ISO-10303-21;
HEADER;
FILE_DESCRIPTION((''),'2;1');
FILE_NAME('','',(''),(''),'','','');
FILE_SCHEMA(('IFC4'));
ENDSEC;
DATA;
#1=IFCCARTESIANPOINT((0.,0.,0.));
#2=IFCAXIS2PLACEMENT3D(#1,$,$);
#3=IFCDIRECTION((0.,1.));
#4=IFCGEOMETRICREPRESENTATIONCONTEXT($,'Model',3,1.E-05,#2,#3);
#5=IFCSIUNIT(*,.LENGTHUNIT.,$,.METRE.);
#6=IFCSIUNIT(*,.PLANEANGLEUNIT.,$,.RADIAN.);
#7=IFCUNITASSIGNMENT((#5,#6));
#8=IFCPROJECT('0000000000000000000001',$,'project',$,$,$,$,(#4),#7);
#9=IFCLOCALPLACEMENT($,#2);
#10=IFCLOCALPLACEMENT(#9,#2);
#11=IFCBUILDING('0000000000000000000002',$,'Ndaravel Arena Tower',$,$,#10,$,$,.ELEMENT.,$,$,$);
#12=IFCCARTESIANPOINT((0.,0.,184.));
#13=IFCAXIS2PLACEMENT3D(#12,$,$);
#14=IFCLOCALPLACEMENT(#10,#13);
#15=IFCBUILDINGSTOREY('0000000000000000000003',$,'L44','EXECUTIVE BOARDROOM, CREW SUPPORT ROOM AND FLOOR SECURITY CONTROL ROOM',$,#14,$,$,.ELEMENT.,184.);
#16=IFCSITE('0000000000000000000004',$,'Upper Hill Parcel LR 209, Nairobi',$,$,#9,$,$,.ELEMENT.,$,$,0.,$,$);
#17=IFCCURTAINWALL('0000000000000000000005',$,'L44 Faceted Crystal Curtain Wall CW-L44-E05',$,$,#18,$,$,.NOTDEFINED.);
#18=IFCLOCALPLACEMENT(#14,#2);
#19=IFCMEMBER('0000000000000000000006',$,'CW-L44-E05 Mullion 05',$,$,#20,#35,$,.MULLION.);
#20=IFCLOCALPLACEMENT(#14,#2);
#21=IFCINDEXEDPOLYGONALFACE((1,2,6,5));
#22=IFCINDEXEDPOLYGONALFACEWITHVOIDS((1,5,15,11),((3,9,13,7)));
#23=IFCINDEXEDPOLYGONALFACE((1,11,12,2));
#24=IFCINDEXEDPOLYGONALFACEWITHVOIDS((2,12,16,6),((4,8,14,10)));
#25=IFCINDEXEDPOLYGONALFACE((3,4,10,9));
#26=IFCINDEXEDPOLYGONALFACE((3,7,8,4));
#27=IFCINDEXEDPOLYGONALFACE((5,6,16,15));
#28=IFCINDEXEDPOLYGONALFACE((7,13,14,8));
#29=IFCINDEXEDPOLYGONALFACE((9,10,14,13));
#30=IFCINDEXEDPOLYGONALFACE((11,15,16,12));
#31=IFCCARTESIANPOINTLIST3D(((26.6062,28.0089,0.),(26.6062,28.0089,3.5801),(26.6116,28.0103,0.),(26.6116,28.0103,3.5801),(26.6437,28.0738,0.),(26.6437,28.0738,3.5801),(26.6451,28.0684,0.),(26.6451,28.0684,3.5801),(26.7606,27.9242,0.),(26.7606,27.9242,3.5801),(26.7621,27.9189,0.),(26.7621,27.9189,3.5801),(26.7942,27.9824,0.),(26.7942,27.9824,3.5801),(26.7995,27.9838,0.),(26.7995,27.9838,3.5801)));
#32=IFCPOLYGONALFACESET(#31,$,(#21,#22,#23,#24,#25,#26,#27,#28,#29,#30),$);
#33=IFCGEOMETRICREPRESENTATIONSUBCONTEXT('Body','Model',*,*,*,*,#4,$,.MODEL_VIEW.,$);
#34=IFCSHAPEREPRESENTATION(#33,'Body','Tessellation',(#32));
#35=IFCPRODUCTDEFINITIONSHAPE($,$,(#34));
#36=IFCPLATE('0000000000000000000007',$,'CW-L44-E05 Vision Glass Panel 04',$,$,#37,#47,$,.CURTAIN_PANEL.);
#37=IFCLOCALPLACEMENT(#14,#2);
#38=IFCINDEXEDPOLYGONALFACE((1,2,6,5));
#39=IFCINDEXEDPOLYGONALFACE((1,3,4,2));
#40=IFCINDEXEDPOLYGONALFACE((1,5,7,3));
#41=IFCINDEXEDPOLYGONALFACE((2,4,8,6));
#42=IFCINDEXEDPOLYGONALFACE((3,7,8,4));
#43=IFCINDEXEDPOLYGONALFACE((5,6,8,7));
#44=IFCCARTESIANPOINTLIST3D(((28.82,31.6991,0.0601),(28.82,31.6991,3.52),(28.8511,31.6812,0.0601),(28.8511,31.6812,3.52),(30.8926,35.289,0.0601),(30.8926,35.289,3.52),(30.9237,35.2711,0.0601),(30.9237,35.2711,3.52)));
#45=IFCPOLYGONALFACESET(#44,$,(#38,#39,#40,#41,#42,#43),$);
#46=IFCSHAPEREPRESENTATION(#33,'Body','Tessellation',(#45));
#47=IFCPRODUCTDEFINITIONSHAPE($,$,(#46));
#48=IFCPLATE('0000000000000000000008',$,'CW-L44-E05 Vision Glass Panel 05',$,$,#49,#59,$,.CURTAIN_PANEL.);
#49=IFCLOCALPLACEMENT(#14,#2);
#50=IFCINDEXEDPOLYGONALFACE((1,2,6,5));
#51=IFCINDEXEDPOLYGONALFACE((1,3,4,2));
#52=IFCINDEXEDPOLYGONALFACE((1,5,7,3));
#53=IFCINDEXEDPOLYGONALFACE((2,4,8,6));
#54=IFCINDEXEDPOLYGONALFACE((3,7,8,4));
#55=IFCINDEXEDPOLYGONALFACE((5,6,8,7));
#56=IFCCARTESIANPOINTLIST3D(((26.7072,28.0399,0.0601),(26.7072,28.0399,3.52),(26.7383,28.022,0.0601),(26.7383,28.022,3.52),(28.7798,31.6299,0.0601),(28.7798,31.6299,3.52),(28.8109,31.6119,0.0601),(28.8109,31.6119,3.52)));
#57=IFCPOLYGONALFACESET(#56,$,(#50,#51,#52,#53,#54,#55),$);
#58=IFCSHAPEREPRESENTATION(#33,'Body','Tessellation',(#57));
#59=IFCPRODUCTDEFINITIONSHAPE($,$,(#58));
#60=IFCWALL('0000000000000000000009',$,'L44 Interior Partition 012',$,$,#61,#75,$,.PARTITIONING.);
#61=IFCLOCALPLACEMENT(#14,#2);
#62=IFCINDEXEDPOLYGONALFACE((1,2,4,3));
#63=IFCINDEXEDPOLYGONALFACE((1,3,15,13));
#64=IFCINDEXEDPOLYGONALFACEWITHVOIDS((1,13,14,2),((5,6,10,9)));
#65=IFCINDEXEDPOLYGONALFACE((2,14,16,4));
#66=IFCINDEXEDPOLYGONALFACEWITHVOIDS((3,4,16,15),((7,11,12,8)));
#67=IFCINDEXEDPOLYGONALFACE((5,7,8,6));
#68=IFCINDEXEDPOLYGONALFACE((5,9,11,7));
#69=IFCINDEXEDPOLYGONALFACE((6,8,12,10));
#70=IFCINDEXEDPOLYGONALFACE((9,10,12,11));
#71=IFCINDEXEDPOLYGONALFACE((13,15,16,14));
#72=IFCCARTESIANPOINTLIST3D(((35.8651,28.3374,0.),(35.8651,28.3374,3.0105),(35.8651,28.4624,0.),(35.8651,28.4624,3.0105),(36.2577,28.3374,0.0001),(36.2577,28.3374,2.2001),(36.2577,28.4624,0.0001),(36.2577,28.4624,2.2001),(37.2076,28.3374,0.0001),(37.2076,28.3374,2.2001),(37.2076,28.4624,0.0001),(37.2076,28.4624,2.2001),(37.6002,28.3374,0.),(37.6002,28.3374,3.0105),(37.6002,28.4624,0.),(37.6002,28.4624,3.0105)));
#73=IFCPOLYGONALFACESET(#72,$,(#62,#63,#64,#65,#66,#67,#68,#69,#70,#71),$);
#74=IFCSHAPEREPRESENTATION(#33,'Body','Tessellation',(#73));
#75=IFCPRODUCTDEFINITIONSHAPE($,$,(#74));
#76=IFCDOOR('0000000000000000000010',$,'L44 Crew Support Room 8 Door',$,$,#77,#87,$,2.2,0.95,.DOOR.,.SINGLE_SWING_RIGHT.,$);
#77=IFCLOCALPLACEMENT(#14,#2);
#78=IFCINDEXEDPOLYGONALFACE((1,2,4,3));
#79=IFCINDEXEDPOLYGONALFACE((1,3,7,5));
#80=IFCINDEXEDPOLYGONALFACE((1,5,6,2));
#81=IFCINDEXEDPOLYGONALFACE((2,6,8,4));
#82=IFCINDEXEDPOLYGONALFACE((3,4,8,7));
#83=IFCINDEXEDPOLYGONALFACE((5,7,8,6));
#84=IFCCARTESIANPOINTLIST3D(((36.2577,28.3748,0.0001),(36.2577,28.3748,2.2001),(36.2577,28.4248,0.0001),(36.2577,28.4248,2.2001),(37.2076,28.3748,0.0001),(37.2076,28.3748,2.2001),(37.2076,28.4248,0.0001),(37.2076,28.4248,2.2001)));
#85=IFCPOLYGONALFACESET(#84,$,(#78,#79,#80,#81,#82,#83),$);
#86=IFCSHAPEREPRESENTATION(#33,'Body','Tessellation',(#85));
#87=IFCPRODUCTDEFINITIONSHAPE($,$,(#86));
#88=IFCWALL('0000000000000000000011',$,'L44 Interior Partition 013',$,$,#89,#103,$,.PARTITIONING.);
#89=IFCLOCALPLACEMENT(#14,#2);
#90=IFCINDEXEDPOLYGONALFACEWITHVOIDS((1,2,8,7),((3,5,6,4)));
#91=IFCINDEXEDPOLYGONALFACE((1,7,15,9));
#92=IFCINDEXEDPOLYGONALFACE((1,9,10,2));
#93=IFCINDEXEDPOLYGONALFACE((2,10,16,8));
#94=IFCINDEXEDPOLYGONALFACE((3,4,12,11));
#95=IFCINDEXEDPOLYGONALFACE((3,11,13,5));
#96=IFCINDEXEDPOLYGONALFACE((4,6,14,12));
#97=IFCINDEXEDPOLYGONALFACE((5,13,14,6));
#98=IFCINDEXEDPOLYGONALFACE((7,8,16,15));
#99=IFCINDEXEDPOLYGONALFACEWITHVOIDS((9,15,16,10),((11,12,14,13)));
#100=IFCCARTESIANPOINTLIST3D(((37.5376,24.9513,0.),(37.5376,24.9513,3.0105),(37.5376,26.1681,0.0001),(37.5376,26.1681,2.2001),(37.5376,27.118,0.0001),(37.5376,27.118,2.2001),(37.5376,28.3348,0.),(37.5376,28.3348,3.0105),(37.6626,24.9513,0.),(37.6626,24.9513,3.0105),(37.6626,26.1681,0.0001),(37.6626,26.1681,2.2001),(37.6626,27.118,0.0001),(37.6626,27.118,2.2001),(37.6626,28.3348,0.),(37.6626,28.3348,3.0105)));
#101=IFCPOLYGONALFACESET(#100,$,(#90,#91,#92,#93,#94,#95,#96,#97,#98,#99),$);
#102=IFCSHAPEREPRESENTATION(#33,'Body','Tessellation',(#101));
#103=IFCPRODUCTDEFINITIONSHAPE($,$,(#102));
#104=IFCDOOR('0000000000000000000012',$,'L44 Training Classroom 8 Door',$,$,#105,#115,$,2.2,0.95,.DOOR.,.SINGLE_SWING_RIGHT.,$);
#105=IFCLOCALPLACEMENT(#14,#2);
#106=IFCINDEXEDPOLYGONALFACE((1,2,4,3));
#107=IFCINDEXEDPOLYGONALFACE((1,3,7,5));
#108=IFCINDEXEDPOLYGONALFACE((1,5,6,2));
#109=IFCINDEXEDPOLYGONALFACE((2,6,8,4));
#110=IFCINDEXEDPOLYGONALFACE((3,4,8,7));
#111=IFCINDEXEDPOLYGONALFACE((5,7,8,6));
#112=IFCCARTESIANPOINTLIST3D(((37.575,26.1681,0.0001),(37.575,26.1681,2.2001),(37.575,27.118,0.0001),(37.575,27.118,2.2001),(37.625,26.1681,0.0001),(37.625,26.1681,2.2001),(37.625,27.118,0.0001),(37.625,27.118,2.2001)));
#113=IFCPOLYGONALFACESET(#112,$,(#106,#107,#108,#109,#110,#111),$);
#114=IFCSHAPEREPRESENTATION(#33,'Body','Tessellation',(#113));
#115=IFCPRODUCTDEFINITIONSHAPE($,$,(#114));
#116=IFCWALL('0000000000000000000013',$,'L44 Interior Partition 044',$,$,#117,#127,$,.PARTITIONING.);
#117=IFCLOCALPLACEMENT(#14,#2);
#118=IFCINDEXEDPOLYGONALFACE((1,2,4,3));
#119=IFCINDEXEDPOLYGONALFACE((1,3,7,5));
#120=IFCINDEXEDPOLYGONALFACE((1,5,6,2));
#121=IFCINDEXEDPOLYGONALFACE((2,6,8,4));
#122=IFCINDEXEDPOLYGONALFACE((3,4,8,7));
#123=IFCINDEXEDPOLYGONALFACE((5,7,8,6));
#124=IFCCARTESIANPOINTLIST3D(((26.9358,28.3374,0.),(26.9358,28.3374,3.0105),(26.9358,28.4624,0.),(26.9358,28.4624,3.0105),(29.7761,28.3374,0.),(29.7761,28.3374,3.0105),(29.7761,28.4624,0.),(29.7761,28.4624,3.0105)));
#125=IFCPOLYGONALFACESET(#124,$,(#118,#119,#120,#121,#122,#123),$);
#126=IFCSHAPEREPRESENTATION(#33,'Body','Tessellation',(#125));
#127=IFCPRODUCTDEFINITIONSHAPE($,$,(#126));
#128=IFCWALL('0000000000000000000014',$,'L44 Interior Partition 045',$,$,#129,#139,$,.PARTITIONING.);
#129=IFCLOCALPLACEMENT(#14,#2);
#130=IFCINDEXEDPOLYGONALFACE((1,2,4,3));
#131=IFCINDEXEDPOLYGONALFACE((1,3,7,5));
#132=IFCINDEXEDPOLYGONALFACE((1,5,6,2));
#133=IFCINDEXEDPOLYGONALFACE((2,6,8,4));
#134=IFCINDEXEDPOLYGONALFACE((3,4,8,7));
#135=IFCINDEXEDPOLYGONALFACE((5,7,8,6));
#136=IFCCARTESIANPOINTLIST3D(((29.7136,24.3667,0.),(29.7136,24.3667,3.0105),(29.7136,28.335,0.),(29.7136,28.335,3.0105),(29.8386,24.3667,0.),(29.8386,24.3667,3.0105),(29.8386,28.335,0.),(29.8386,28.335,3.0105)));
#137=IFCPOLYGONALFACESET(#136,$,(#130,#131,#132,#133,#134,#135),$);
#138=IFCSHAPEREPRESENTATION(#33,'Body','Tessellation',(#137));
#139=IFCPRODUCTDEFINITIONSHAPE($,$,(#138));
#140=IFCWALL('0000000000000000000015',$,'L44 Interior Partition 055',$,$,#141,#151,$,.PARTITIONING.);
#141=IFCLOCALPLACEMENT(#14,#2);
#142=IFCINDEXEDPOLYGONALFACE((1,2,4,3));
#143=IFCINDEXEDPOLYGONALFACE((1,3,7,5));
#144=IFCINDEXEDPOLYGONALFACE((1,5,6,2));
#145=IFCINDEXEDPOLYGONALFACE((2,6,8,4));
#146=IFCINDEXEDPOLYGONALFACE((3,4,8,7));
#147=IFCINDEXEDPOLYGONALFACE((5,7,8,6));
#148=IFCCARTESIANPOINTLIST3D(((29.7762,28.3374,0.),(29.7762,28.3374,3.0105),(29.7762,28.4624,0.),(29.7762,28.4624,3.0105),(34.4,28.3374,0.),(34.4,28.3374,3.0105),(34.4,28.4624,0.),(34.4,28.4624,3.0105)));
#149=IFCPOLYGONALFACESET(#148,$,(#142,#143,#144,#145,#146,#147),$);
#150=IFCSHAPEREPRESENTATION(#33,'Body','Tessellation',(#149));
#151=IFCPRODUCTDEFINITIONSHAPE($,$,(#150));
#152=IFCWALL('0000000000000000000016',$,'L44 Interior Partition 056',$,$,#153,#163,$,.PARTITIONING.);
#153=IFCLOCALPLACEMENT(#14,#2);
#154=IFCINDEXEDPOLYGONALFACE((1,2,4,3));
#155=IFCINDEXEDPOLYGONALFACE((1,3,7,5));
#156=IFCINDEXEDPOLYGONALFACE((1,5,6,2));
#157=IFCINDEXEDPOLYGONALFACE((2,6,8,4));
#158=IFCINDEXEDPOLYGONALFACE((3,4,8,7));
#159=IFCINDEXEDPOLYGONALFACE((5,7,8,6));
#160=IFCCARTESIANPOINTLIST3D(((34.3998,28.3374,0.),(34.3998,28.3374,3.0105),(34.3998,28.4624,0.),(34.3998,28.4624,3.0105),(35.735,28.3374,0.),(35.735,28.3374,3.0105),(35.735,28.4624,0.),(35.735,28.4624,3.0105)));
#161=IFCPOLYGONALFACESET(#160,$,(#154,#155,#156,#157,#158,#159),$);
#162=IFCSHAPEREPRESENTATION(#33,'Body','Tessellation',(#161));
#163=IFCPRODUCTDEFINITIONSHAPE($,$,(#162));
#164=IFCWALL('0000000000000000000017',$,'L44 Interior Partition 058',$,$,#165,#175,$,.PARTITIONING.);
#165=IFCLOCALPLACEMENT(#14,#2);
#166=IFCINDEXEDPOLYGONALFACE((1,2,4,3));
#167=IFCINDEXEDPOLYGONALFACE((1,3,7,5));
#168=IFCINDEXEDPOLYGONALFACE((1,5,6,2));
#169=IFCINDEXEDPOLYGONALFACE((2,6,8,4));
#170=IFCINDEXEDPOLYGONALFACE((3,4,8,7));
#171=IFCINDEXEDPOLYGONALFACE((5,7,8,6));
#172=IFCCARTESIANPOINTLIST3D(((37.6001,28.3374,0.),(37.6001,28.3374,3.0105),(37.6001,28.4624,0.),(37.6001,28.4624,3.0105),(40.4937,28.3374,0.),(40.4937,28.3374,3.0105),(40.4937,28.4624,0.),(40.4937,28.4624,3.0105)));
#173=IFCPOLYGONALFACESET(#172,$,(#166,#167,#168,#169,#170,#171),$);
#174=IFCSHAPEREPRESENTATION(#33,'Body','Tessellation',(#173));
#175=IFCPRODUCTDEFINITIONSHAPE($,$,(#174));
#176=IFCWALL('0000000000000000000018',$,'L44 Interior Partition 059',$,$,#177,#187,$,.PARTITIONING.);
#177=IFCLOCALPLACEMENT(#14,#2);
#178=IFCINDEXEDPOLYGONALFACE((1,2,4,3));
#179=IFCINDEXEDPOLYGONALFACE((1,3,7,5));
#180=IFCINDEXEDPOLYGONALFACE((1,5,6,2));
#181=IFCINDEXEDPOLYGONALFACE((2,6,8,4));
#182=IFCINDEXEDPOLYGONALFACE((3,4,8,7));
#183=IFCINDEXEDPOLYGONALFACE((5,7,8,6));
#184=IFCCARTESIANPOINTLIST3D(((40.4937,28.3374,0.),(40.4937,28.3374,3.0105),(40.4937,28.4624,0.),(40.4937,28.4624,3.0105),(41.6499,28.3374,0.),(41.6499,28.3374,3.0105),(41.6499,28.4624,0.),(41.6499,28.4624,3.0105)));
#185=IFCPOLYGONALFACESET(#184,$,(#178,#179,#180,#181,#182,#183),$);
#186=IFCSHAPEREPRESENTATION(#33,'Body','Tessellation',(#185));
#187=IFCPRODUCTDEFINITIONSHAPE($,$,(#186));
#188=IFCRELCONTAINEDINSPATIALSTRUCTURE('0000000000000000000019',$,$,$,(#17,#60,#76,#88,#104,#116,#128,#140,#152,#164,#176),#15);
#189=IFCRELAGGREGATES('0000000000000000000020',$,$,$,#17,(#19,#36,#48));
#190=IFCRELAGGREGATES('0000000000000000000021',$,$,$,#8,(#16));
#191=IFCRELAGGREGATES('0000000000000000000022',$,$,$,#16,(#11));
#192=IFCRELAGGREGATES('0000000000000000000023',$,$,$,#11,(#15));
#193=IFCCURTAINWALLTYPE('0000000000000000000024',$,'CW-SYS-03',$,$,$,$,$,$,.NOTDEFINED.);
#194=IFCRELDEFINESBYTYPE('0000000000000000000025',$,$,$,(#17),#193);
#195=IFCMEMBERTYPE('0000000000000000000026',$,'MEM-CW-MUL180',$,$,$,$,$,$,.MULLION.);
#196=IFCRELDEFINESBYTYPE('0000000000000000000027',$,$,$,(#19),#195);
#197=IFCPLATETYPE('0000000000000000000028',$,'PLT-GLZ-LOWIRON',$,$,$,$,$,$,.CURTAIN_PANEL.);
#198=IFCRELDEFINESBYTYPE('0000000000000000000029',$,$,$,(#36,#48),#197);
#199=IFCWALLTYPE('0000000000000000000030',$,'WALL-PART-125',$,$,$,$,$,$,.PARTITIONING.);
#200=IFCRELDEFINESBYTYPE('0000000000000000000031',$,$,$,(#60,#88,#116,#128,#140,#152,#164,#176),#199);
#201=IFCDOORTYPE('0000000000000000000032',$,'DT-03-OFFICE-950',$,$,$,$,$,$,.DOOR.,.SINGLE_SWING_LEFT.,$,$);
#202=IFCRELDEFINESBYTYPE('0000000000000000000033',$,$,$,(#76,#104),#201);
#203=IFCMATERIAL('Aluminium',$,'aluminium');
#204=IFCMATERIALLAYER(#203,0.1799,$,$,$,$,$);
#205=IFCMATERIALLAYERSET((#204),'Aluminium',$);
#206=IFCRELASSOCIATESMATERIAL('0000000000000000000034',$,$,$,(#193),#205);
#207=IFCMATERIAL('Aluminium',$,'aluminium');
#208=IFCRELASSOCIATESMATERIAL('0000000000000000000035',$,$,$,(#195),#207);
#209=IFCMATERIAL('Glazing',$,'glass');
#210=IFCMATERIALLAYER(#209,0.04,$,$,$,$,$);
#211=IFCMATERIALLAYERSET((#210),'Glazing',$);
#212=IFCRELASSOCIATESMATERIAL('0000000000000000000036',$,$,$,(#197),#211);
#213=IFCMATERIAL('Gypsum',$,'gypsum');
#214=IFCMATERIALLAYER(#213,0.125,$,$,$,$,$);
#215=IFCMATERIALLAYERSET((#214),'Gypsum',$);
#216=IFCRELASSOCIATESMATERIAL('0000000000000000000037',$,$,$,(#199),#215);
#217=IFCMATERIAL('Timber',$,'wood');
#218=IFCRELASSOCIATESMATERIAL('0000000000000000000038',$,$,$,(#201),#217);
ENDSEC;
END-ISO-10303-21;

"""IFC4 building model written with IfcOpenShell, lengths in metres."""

from ifc_helpers import new_model, si_unit, direction, frame, frame_2d, origin, origin_2d, place, context, subcontext, project, spatial, rectangle, hollow_rectangle, extrude, material, layer, layer_set, material_profile, profile_set, type_object, element, fill, aggregate, save


model = new_model("IFC4")

# Units and contexts
model_context = context("Model", 3, precision=1e-05, world=origin(), true_north=direction((0.0, 1.0)))
body_context = subcontext(model_context, "Body", "Model", "MODEL_VIEW")
ifc_project = project(units=[si_unit("LENGTHUNIT", "METRE"), si_unit("PLANEANGLEUNIT", "RADIAN")], contexts=[model_context])

# Site, building, storey
site_placement = place(None, origin())
site = spatial("IfcSite", under=ifc_project, at=site_placement, Name="Upper Hill Parcel LR 209, Nairobi", CompositionType="ELEMENT", RefElevation=0.0)
building_placement = place(site_placement, origin())
building = spatial("IfcBuilding", under=site, at=building_placement, Name="Ndaravel Arena Tower", CompositionType="ELEMENT")
storey_placement = place(building_placement, frame((0.0, 0.0, 184.0)))
storey = spatial("IfcBuildingStorey", under=building, at=storey_placement, Name="L44", Description="EXECUTIVE BOARDROOM, CREW SUPPORT ROOM AND FLOOR SECURITY CONTROL ROOM", CompositionType="ELEMENT", Elevation=184.0)

# Curtain wall, member, plates
ifc_material_1 = material(Name="Aluminium", Category="aluminium")
ifc_layer_1 = layer(ifc_material_1, 0.1799)
ifc_layer_set_1 = layer_set([ifc_layer_1], Name="Aluminium")
curtain_wall_type = type_object("IfcCurtainWallType", Name="CW-SYS-03", PredefinedType="NOTDEFINED", material=ifc_layer_set_1)
curtain_wall_placement = place(storey_placement, origin())
curtain_wall = element("IfcCurtainWall", 1, at=curtain_wall_placement, inside=storey, type_object=curtain_wall_type, Name="L44 Faceted Crystal Curtain Wall CW-L44-E05", PredefinedType="NOTDEFINED")
ifc_material_2 = material(Name="Aluminium", Category="aluminium")
ifc_material_profile_1 = material_profile(ifc_material_2, hollow_rectangle(XDim=0.075, YDim=0.1799, WallThickness=0.0039, at=origin_2d()), Name="CW MULLION 75x180x4")
ifc_profile_set_1 = profile_set([ifc_material_profile_1], Name="Aluminium")
member_type = type_object("IfcMemberType", Name="MEM-CW-MUL180", PredefinedType="MULLION", material=ifc_profile_set_1)
member_1_placement = place(storey_placement, frame((26.7029, 27.9963, 0.0), z_axis=(0.0, 0.0, 1.0), x_axis=(-0.5, -0.866025, 0.0)))
member_1 = element("IfcMember", 2, at=member_1_placement, type_object=member_type, Name="CW-L44-E05 Mullion 05", PredefinedType="MULLION", context=body_context, shape_type="SweptSolid", body=[
    extrude(hollow_rectangle(XDim=0.075, YDim=0.1799, WallThickness=0.0039, at=origin_2d()), origin(), (0.0, 0.0, 1.0), 3.5801),
])
ifc_material_3 = material(Name="Glazing", Category="glass")
ifc_layer_2 = layer(ifc_material_3, 0.04)
ifc_layer_set_2 = layer_set([ifc_layer_2], Name="Glazing")
plate_type = type_object("IfcPlateType", Name="PLT-GLZ-LOWIRON", PredefinedType="CURTAIN_PANEL", material=ifc_layer_set_2)
plate_1_placement = place(storey_placement, frame((29.8718, 33.4851, 0.0601), z_axis=(0.0, 0.0, 1.0), x_axis=(-0.5, -0.866025, 0.0)))
plate_1 = element("IfcPlate", 3, at=plate_1_placement, type_object=plate_type, Name="CW-L44-E05 Vision Glass Panel 04", PredefinedType="CURTAIN_PANEL", context=body_context, shape_type="SweptSolid", body=[
    extrude(rectangle(XDim=4.1453, YDim=0.0359, at=origin_2d()), origin(), (0.0, 0.0, 1.0), 3.46),
])
plate_2_placement = place(storey_placement, frame((27.759, 29.8259, 0.0601), z_axis=(0.0, 0.0, 1.0), x_axis=(-0.5, -0.866025, 0.0)))
plate_2 = element("IfcPlate", 4, at=plate_2_placement, type_object=plate_type, Name="CW-L44-E05 Vision Glass Panel 05", PredefinedType="CURTAIN_PANEL", context=body_context, shape_type="SweptSolid", body=[
    extrude(rectangle(XDim=4.1453, YDim=0.0359, at=origin_2d()), origin(), (0.0, 0.0, 1.0), 3.46),
])
aggregate(curtain_wall, [member_1, plate_1, plate_2])

# Walls, openings, doors
ifc_material_4 = material(Name="Gypsum", Category="gypsum")
ifc_layer_3 = layer(ifc_material_4, 0.125)
ifc_layer_set_3 = layer_set([ifc_layer_3], Name="Gypsum")
wall_type = type_object("IfcWallType", Name="WALL-PART-125", PredefinedType="PARTITIONING", material=ifc_layer_set_3)
wall_1_placement = place(storey_placement, frame((35.865, 28.3999, 0.0), z_axis=(0.0, 0.0, 1.0), x_axis=(1.0, 0.0, 0.0)))
wall_1 = element("IfcWall", 5, at=wall_1_placement, inside=storey, type_object=wall_type, Name="L44 Interior Partition 012", PredefinedType="PARTITIONING", context=body_context, shape_type="SweptSolid", body=[
    extrude(rectangle(XDim=1.7351, YDim=0.125, at=frame_2d((0.8677, 0.0))), origin(), (0.0, 0.0, 1.0), 3.0105),
])
opening_1_placement = place(wall_1_placement, frame((0.3926, 0.0, 0.0)))
opening_1 = element("IfcOpeningElement", 6, at=opening_1_placement, cuts=wall_1, PredefinedType="OPENING", context=body_context, shape_type="SweptSolid", body=[
    extrude(rectangle(XDim=0.95, YDim=2.2, at=frame_2d((0.4751, 1.1001))), frame((0.0, 0.0625, 0.0), z_axis=(0.0, -1.0, 0.0), x_axis=(1.0, 0.0, 0.0)), (0.0, 0.0, 1.0), 0.125),
])
ifc_material_5 = material(Name="Timber", Category="wood")
door_type = type_object("IfcDoorType", Name="DT-03-OFFICE-950", OperationType="SINGLE_SWING_LEFT", PredefinedType="DOOR", material=ifc_material_5)
door_1_placement = place(opening_1_placement, origin())
door_1 = element("IfcDoor", 7, at=door_1_placement, inside=storey, type_object=door_type, Name="L44 Crew Support Room 8 Door", OperationType="SINGLE_SWING_RIGHT", OverallHeight=2.2, OverallWidth=0.95, PredefinedType="DOOR", context=body_context, shape_type="SweptSolid", body=[
    extrude(rectangle(XDim=0.95, YDim=2.2, at=frame_2d((0.4751, 1.1001))), frame((0.0, 0.0249, 0.0), z_axis=(0.0, -1.0, 0.0), x_axis=(1.0, 0.0, 0.0)), (0.0, 0.0, 1.0), 0.05),
])
fill(opening_1, door_1)
wall_2_placement = place(storey_placement, frame((37.6001, 28.335, 0.0), z_axis=(0.0, 0.0, 1.0), x_axis=(0.0, -1.0, 0.0)))
wall_2 = element("IfcWall", 8, at=wall_2_placement, inside=storey, type_object=wall_type, Name="L44 Interior Partition 013", PredefinedType="PARTITIONING", context=body_context, shape_type="SweptSolid", body=[
    extrude(rectangle(XDim=3.3835, YDim=0.125, at=frame_2d((1.6919, 0.0))), origin(), (0.0, 0.0, 1.0), 3.0105),
])
opening_2_placement = place(wall_2_placement, frame((1.2168, 0.0, 0.0)))
opening_2 = element("IfcOpeningElement", 9, at=opening_2_placement, cuts=wall_2, PredefinedType="OPENING", context=body_context, shape_type="SweptSolid", body=[
    extrude(rectangle(XDim=0.95, YDim=2.2, at=frame_2d((0.4751, 1.1001))), frame((0.0, 0.0625, 0.0), z_axis=(0.0, -1.0, 0.0), x_axis=(1.0, 0.0, 0.0)), (0.0, 0.0, 1.0), 0.125),
])
door_2_placement = place(opening_2_placement, origin())
door_2 = element("IfcDoor", 10, at=door_2_placement, inside=storey, type_object=door_type, Name="L44 Training Classroom 8 Door", OperationType="SINGLE_SWING_RIGHT", OverallHeight=2.2, OverallWidth=0.95, PredefinedType="DOOR", context=body_context, shape_type="SweptSolid", body=[
    extrude(rectangle(XDim=0.95, YDim=2.2, at=frame_2d((0.4751, 1.1001))), frame((0.0, 0.0249, 0.0), z_axis=(0.0, -1.0, 0.0), x_axis=(1.0, 0.0, 0.0)), (0.0, 0.0, 1.0), 0.05),
])
fill(opening_2, door_2)

# Walls
wall_3_placement = place(storey_placement, frame((26.9358, 28.3999, 0.0), z_axis=(0.0, 0.0, 1.0), x_axis=(1.0, 0.0, 0.0)))
element("IfcWall", 11, at=wall_3_placement, inside=storey, type_object=wall_type, Name="L44 Interior Partition 044", PredefinedType="PARTITIONING", context=body_context, shape_type="SweptSolid", body=[
    extrude(rectangle(XDim=2.8403, YDim=0.125, at=frame_2d((1.4202, 0.0))), origin(), (0.0, 0.0, 1.0), 3.0105),
])
wall_4_placement = place(storey_placement, frame((29.7761, 28.335, 0.0), z_axis=(0.0, 0.0, 1.0), x_axis=(0.0, -1.0, 0.0)))
element("IfcWall", 12, at=wall_4_placement, inside=storey, type_object=wall_type, Name="L44 Interior Partition 045", PredefinedType="PARTITIONING", context=body_context, shape_type="SweptSolid", body=[
    extrude(rectangle(XDim=3.9683, YDim=0.125, at=frame_2d((1.9841, 0.0))), origin(), (0.0, 0.0, 1.0), 3.0105),
])
wall_5_placement = place(storey_placement, frame((29.7761, 28.3999, 0.0), z_axis=(0.0, 0.0, 1.0), x_axis=(1.0, 0.0, 0.0)))
element("IfcWall", 13, at=wall_5_placement, inside=storey, type_object=wall_type, Name="L44 Interior Partition 055", PredefinedType="PARTITIONING", context=body_context, shape_type="SweptSolid", body=[
    extrude(rectangle(XDim=4.6238, YDim=0.125, at=frame_2d((2.312, 0.0))), origin(), (0.0, 0.0, 1.0), 3.0105),
])
wall_6_placement = place(storey_placement, frame((34.3999, 28.3999, 0.0), z_axis=(0.0, 0.0, 1.0), x_axis=(1.0, 0.0, 0.0)))
element("IfcWall", 14, at=wall_6_placement, inside=storey, type_object=wall_type, Name="L44 Interior Partition 056", PredefinedType="PARTITIONING", context=body_context, shape_type="SweptSolid", body=[
    extrude(rectangle(XDim=1.3352, YDim=0.125, at=frame_2d((0.6675, 0.0))), origin(), (0.0, 0.0, 1.0), 3.0105),
])
wall_7_placement = place(storey_placement, frame((37.6001, 28.3999, 0.0), z_axis=(0.0, 0.0, 1.0), x_axis=(1.0, 0.0, 0.0)))
element("IfcWall", 15, at=wall_7_placement, inside=storey, type_object=wall_type, Name="L44 Interior Partition 058", PredefinedType="PARTITIONING", context=body_context, shape_type="SweptSolid", body=[
    extrude(rectangle(XDim=2.8936, YDim=0.125, at=frame_2d((1.4468, 0.0))), origin(), (0.0, 0.0, 1.0), 3.0105),
])
wall_8_placement = place(storey_placement, frame((40.4937, 28.3999, 0.0), z_axis=(0.0, 0.0, 1.0), x_axis=(1.0, 0.0, 0.0)))
element("IfcWall", 16, at=wall_8_placement, inside=storey, type_object=wall_type, Name="L44 Interior Partition 059", PredefinedType="PARTITIONING", context=body_context, shape_type="SweptSolid", body=[
    extrude(rectangle(XDim=1.1562, YDim=0.125, at=frame_2d((0.5781, 0.0))), origin(), (0.0, 0.0, 1.0), 3.0105),
])

save(model, "model.ifc")
